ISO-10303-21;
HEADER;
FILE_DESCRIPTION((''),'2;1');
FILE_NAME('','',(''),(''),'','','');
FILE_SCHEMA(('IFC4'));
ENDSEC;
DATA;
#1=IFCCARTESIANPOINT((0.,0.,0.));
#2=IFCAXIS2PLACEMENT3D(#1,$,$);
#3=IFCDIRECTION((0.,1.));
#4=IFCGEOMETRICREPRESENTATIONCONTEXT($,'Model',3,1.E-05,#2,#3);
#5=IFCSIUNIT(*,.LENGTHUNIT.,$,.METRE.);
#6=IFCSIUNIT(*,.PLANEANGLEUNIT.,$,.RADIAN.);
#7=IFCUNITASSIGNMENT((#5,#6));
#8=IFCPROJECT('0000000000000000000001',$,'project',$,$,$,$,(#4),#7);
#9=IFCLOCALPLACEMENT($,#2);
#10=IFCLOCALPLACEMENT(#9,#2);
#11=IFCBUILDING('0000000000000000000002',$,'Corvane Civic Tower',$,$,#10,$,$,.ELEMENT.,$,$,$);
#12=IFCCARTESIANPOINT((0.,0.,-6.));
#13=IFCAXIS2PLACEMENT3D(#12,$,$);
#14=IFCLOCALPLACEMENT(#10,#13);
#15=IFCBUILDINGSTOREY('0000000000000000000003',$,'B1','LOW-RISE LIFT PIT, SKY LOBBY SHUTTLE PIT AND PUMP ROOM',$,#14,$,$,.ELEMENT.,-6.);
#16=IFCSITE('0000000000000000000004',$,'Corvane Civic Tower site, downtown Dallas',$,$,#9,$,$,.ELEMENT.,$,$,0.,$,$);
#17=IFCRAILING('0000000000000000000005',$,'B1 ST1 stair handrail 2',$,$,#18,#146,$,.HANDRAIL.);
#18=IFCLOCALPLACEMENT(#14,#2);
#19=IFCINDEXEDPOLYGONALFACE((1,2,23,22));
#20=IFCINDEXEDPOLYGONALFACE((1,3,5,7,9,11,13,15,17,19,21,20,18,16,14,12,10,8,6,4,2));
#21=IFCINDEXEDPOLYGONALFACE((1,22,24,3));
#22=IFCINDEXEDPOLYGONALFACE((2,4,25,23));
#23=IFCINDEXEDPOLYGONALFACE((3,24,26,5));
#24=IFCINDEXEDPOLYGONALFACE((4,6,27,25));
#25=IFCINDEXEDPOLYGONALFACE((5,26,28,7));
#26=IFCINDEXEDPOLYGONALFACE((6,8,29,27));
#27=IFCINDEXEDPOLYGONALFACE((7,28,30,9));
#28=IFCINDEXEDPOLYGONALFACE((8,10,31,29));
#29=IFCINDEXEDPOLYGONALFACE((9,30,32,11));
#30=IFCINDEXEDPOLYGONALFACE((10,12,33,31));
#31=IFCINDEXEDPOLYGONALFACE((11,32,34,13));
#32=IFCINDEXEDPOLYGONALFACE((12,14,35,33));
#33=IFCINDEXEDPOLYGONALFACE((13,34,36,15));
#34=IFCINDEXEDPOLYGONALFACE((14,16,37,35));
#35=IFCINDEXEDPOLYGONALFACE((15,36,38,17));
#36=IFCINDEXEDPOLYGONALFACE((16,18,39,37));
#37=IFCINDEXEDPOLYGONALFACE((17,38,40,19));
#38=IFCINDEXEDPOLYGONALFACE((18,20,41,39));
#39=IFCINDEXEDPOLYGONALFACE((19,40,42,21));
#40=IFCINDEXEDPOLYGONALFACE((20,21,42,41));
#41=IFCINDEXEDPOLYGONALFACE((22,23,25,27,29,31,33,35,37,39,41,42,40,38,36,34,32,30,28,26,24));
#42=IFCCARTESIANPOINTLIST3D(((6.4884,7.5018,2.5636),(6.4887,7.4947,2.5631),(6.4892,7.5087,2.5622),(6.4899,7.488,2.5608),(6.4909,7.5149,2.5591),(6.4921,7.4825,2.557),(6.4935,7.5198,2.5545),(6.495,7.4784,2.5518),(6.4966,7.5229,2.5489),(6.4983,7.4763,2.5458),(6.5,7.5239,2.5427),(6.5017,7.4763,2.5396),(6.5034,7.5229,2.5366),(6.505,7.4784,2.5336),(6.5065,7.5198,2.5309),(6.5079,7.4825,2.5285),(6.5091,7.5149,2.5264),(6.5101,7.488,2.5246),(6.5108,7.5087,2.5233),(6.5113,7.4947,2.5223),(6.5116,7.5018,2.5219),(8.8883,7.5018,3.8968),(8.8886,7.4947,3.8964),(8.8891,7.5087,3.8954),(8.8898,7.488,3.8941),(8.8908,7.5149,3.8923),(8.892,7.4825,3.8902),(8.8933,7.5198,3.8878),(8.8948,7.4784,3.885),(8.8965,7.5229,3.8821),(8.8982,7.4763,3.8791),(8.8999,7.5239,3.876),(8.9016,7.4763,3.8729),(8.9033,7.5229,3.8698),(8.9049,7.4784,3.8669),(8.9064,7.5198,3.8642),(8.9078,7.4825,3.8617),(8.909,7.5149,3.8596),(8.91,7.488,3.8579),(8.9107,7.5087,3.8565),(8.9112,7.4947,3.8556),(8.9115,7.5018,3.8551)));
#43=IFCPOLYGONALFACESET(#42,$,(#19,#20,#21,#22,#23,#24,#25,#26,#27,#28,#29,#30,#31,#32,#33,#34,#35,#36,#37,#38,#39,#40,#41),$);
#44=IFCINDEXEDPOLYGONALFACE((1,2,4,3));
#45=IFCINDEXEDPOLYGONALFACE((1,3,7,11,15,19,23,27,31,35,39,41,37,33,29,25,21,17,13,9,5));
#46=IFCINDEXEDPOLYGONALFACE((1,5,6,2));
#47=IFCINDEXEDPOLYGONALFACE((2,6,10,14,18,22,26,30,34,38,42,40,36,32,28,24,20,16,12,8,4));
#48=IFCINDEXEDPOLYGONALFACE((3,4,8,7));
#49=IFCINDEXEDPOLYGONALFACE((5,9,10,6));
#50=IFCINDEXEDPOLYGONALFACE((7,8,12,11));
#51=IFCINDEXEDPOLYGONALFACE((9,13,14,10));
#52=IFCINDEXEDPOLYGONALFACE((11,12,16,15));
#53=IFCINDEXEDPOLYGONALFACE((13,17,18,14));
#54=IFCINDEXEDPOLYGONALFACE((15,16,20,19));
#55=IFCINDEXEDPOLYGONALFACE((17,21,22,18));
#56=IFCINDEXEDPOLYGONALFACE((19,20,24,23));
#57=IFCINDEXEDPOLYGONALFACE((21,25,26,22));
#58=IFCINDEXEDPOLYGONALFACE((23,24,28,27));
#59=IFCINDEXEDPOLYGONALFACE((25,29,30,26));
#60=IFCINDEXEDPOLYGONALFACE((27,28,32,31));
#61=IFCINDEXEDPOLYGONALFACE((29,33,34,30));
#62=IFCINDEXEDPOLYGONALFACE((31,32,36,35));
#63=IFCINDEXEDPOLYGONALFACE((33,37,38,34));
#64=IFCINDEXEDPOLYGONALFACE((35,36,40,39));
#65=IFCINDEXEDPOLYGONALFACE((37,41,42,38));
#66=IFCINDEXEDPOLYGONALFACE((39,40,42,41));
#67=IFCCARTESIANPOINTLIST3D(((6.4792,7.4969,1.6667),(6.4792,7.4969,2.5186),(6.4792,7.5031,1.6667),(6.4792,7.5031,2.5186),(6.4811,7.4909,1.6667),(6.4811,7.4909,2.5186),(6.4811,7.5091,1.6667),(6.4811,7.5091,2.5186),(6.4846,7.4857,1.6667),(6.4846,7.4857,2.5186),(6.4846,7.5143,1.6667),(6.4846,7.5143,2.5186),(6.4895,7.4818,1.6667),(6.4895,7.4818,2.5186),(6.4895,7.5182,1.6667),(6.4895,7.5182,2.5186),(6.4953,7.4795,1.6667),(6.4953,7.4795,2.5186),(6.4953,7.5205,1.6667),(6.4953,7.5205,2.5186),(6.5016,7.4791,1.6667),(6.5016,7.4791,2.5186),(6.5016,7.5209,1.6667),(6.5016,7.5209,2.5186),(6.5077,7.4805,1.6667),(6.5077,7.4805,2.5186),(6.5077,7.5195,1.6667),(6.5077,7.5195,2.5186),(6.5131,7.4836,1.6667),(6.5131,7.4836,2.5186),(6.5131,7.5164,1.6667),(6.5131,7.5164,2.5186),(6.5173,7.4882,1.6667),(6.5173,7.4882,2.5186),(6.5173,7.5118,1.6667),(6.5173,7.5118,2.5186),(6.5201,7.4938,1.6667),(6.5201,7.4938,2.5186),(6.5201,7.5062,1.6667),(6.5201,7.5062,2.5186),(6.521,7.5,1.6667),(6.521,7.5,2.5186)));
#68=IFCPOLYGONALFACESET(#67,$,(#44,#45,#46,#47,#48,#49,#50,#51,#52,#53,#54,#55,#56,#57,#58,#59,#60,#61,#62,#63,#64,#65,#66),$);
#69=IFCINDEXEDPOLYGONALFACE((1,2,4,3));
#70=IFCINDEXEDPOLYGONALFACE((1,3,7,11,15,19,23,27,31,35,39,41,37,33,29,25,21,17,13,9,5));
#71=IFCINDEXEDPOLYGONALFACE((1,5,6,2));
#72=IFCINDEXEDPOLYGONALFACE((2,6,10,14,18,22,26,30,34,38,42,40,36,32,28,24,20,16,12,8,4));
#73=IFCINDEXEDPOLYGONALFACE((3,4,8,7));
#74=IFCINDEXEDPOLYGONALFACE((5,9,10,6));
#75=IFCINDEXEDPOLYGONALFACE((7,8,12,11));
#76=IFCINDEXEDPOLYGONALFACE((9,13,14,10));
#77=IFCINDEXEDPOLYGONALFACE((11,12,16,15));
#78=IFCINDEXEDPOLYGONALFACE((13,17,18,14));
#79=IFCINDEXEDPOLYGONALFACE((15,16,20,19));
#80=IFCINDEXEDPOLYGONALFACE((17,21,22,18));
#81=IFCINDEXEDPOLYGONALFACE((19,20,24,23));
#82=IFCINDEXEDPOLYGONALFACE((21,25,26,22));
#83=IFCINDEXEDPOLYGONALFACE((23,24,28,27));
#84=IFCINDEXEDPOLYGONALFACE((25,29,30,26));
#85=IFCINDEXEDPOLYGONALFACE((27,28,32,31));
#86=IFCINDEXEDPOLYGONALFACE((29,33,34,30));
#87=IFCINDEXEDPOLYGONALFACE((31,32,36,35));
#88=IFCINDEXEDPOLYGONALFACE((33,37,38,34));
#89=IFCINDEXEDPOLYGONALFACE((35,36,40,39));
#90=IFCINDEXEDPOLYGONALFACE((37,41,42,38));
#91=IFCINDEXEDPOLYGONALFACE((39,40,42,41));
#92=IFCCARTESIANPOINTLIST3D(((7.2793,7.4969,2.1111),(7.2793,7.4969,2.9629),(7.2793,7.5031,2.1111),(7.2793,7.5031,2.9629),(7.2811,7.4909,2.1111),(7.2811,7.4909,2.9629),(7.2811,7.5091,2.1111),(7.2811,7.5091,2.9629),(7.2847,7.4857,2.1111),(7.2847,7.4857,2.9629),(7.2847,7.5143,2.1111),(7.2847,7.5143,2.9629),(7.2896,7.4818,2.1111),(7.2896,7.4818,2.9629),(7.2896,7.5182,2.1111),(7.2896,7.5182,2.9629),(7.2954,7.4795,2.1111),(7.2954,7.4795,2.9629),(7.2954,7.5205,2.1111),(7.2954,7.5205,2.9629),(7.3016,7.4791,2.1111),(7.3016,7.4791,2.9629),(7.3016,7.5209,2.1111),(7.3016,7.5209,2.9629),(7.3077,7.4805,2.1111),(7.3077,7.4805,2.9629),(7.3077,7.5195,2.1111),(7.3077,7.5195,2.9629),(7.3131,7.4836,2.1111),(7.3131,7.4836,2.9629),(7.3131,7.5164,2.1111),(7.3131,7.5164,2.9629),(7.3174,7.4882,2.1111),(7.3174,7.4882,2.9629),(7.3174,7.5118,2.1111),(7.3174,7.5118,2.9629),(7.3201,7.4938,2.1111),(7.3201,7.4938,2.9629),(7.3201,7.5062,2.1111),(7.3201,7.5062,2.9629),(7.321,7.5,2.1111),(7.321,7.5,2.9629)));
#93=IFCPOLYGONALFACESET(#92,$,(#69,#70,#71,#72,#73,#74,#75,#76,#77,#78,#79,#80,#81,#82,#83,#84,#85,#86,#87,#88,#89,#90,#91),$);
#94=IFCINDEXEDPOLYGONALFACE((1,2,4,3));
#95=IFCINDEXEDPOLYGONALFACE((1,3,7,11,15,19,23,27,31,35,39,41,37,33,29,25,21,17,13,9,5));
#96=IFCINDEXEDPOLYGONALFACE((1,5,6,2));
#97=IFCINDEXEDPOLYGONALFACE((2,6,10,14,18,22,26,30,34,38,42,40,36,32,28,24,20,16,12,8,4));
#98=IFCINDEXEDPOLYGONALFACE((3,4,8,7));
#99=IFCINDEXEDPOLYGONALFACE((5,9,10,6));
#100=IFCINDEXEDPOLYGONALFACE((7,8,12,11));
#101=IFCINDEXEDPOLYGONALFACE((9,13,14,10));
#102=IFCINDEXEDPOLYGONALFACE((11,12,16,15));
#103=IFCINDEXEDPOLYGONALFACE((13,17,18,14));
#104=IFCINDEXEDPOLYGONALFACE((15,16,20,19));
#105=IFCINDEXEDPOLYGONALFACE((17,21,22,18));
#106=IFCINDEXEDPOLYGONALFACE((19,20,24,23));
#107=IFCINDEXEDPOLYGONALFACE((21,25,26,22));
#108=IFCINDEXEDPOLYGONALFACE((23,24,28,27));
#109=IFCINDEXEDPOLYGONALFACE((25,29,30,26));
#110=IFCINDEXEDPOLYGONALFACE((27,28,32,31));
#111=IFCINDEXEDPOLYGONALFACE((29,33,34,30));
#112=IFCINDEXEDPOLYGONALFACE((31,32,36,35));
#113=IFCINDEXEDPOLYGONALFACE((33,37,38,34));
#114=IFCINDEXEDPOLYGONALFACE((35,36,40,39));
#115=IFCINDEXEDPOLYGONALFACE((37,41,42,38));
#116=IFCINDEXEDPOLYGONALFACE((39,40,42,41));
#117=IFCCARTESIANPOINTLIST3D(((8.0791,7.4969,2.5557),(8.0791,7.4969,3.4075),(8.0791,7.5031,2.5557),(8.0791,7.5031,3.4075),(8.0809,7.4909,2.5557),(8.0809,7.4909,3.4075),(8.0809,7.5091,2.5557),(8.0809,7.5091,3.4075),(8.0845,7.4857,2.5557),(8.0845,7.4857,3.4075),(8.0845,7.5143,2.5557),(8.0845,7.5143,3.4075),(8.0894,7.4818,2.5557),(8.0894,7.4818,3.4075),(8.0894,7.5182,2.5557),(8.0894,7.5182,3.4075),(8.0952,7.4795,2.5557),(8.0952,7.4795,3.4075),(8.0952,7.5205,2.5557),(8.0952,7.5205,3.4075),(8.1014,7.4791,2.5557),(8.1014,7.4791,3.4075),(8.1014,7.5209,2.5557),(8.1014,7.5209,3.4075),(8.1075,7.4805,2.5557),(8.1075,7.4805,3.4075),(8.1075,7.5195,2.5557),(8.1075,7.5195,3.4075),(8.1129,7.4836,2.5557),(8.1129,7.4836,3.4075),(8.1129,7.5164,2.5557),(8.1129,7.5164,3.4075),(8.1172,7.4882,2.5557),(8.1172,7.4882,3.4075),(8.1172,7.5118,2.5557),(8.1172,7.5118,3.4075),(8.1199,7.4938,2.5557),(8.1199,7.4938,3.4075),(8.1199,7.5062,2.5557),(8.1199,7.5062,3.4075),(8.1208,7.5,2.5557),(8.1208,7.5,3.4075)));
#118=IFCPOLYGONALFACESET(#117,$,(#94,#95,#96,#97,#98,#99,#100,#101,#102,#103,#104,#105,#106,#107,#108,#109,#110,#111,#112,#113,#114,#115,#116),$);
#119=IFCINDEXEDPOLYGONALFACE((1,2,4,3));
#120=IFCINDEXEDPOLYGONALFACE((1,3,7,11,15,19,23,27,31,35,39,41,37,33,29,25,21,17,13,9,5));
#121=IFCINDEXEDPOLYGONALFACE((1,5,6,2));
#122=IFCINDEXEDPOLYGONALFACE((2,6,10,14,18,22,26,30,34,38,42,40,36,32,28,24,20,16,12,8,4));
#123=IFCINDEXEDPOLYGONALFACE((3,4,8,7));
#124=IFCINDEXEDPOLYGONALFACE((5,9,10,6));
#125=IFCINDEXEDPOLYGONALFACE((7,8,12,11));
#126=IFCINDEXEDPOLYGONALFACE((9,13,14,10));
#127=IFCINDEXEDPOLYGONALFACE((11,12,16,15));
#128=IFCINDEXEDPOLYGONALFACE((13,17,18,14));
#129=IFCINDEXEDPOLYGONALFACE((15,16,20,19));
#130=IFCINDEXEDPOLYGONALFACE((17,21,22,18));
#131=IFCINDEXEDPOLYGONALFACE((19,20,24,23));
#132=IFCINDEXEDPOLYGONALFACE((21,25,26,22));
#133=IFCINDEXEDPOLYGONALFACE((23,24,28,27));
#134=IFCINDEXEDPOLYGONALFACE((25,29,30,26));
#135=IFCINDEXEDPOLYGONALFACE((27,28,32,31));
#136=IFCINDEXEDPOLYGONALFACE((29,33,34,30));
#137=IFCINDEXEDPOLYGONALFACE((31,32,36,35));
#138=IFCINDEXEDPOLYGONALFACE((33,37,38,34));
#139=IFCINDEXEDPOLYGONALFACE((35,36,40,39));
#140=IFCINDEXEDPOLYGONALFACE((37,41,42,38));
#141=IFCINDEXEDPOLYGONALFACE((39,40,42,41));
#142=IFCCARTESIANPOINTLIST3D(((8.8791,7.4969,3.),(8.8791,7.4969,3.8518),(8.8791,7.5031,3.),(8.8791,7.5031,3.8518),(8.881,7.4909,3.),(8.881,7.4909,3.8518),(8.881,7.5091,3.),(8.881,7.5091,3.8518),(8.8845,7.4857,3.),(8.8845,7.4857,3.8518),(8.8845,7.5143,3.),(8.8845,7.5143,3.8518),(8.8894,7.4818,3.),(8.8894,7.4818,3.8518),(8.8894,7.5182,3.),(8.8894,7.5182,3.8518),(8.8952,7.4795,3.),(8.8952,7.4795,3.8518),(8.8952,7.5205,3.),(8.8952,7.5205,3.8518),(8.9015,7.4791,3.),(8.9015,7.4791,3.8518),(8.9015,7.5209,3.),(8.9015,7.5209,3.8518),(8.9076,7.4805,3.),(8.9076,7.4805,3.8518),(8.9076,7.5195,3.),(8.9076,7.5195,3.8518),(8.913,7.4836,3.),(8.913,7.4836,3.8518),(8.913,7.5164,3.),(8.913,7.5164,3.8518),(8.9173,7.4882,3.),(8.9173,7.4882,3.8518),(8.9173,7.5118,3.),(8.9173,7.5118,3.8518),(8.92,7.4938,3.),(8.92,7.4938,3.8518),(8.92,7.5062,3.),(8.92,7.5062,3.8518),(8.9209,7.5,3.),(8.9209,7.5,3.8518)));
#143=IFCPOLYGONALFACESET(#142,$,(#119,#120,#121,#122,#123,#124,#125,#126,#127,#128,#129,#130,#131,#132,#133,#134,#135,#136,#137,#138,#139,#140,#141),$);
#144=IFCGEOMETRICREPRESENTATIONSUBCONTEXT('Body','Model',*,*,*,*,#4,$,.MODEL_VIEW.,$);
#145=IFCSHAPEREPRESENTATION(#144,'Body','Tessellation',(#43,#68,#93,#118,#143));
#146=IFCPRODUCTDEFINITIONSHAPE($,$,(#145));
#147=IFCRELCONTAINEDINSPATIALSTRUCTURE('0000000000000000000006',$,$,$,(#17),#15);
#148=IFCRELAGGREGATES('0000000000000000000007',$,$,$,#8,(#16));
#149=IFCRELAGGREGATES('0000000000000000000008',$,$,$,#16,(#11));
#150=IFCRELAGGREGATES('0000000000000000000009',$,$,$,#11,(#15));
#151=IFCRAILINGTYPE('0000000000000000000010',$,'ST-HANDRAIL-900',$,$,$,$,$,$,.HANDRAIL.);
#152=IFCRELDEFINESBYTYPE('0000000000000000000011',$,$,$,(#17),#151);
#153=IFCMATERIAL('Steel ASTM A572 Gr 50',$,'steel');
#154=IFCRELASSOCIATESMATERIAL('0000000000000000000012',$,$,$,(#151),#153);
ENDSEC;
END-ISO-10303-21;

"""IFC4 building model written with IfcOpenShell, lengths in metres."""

from ifc_helpers import new_model, si_unit, direction, frame, origin, origin_2d, place, context, subcontext, project, spatial, circle, extrude, material, type_object, element, save


model = new_model("IFC4")

# Units and contexts
model_context = context("Model", 3, precision=1e-05, world=origin(), true_north=direction((0.0, 1.0)))
body_context = subcontext(model_context, "Body", "Model", "MODEL_VIEW")
ifc_project = project(units=[si_unit("LENGTHUNIT", "METRE"), si_unit("PLANEANGLEUNIT", "RADIAN")], contexts=[model_context])

# Site, building, storey
site_placement = place(None, origin())
site = spatial("IfcSite", under=ifc_project, at=site_placement, Name="Corvane Civic Tower site, downtown Dallas", CompositionType="ELEMENT", RefElevation=0.0)
building_placement = place(site_placement, origin())
building = spatial("IfcBuilding", under=site, at=building_placement, Name="Corvane Civic Tower", CompositionType="ELEMENT")
storey_placement = place(building_placement, frame((0.0, 0.0, -6.0)))
storey = spatial("IfcBuildingStorey", under=building, at=storey_placement, Name="B1", Description="LOW-RISE LIFT PIT, SKY LOBBY SHUTTLE PIT AND PUMP ROOM", CompositionType="ELEMENT", Elevation=-6.0)

# Railing
ifc_material_1 = material(Name="Steel ASTM A572 Gr 50", Category="steel")
railing_type = type_object("IfcRailingType", Name="ST-HANDRAIL-900", PredefinedType="HANDRAIL", material=ifc_material_1)
for number, where, name in (
    (1, (6.5, 7.5, 1.6667), "B1 ST1 stair handrail 2"),
):
    element("IfcRailing", number, at=place(storey_placement, frame(where)), inside=storey, type_object=railing_type, Name=name, PredefinedType="HANDRAIL", context=body_context, shape_type="SweptSolid", body=[
        extrude(circle(Radius=0.0239, at=origin_2d()), frame((0.0, 0.0, 0.876), z_axis=(0.874161, 0.0, 0.485635), x_axis=(0.0, 1.0, 0.0)), (0.0, 0.0, 1.0), 2.7454),
        extrude(circle(Radius=0.021, at=origin_2d()), origin(), (0.0, 0.0, 1.0), 0.8518),
        extrude(circle(Radius=0.021, at=origin_2d()), frame((0.8, 0.0, 0.4443)), (0.0, 0.0, 1.0), 0.8518),
        extrude(circle(Radius=0.021, at=origin_2d()), frame((1.5999, 0.0, 0.8889)), (0.0, 0.0, 1.0), 0.8518),
        extrude(circle(Radius=0.021, at=origin_2d()), frame((2.3999, 0.0, 1.3333)), (0.0, 0.0, 1.0), 0.8518),
    ])

save(model, "model.ifc")
